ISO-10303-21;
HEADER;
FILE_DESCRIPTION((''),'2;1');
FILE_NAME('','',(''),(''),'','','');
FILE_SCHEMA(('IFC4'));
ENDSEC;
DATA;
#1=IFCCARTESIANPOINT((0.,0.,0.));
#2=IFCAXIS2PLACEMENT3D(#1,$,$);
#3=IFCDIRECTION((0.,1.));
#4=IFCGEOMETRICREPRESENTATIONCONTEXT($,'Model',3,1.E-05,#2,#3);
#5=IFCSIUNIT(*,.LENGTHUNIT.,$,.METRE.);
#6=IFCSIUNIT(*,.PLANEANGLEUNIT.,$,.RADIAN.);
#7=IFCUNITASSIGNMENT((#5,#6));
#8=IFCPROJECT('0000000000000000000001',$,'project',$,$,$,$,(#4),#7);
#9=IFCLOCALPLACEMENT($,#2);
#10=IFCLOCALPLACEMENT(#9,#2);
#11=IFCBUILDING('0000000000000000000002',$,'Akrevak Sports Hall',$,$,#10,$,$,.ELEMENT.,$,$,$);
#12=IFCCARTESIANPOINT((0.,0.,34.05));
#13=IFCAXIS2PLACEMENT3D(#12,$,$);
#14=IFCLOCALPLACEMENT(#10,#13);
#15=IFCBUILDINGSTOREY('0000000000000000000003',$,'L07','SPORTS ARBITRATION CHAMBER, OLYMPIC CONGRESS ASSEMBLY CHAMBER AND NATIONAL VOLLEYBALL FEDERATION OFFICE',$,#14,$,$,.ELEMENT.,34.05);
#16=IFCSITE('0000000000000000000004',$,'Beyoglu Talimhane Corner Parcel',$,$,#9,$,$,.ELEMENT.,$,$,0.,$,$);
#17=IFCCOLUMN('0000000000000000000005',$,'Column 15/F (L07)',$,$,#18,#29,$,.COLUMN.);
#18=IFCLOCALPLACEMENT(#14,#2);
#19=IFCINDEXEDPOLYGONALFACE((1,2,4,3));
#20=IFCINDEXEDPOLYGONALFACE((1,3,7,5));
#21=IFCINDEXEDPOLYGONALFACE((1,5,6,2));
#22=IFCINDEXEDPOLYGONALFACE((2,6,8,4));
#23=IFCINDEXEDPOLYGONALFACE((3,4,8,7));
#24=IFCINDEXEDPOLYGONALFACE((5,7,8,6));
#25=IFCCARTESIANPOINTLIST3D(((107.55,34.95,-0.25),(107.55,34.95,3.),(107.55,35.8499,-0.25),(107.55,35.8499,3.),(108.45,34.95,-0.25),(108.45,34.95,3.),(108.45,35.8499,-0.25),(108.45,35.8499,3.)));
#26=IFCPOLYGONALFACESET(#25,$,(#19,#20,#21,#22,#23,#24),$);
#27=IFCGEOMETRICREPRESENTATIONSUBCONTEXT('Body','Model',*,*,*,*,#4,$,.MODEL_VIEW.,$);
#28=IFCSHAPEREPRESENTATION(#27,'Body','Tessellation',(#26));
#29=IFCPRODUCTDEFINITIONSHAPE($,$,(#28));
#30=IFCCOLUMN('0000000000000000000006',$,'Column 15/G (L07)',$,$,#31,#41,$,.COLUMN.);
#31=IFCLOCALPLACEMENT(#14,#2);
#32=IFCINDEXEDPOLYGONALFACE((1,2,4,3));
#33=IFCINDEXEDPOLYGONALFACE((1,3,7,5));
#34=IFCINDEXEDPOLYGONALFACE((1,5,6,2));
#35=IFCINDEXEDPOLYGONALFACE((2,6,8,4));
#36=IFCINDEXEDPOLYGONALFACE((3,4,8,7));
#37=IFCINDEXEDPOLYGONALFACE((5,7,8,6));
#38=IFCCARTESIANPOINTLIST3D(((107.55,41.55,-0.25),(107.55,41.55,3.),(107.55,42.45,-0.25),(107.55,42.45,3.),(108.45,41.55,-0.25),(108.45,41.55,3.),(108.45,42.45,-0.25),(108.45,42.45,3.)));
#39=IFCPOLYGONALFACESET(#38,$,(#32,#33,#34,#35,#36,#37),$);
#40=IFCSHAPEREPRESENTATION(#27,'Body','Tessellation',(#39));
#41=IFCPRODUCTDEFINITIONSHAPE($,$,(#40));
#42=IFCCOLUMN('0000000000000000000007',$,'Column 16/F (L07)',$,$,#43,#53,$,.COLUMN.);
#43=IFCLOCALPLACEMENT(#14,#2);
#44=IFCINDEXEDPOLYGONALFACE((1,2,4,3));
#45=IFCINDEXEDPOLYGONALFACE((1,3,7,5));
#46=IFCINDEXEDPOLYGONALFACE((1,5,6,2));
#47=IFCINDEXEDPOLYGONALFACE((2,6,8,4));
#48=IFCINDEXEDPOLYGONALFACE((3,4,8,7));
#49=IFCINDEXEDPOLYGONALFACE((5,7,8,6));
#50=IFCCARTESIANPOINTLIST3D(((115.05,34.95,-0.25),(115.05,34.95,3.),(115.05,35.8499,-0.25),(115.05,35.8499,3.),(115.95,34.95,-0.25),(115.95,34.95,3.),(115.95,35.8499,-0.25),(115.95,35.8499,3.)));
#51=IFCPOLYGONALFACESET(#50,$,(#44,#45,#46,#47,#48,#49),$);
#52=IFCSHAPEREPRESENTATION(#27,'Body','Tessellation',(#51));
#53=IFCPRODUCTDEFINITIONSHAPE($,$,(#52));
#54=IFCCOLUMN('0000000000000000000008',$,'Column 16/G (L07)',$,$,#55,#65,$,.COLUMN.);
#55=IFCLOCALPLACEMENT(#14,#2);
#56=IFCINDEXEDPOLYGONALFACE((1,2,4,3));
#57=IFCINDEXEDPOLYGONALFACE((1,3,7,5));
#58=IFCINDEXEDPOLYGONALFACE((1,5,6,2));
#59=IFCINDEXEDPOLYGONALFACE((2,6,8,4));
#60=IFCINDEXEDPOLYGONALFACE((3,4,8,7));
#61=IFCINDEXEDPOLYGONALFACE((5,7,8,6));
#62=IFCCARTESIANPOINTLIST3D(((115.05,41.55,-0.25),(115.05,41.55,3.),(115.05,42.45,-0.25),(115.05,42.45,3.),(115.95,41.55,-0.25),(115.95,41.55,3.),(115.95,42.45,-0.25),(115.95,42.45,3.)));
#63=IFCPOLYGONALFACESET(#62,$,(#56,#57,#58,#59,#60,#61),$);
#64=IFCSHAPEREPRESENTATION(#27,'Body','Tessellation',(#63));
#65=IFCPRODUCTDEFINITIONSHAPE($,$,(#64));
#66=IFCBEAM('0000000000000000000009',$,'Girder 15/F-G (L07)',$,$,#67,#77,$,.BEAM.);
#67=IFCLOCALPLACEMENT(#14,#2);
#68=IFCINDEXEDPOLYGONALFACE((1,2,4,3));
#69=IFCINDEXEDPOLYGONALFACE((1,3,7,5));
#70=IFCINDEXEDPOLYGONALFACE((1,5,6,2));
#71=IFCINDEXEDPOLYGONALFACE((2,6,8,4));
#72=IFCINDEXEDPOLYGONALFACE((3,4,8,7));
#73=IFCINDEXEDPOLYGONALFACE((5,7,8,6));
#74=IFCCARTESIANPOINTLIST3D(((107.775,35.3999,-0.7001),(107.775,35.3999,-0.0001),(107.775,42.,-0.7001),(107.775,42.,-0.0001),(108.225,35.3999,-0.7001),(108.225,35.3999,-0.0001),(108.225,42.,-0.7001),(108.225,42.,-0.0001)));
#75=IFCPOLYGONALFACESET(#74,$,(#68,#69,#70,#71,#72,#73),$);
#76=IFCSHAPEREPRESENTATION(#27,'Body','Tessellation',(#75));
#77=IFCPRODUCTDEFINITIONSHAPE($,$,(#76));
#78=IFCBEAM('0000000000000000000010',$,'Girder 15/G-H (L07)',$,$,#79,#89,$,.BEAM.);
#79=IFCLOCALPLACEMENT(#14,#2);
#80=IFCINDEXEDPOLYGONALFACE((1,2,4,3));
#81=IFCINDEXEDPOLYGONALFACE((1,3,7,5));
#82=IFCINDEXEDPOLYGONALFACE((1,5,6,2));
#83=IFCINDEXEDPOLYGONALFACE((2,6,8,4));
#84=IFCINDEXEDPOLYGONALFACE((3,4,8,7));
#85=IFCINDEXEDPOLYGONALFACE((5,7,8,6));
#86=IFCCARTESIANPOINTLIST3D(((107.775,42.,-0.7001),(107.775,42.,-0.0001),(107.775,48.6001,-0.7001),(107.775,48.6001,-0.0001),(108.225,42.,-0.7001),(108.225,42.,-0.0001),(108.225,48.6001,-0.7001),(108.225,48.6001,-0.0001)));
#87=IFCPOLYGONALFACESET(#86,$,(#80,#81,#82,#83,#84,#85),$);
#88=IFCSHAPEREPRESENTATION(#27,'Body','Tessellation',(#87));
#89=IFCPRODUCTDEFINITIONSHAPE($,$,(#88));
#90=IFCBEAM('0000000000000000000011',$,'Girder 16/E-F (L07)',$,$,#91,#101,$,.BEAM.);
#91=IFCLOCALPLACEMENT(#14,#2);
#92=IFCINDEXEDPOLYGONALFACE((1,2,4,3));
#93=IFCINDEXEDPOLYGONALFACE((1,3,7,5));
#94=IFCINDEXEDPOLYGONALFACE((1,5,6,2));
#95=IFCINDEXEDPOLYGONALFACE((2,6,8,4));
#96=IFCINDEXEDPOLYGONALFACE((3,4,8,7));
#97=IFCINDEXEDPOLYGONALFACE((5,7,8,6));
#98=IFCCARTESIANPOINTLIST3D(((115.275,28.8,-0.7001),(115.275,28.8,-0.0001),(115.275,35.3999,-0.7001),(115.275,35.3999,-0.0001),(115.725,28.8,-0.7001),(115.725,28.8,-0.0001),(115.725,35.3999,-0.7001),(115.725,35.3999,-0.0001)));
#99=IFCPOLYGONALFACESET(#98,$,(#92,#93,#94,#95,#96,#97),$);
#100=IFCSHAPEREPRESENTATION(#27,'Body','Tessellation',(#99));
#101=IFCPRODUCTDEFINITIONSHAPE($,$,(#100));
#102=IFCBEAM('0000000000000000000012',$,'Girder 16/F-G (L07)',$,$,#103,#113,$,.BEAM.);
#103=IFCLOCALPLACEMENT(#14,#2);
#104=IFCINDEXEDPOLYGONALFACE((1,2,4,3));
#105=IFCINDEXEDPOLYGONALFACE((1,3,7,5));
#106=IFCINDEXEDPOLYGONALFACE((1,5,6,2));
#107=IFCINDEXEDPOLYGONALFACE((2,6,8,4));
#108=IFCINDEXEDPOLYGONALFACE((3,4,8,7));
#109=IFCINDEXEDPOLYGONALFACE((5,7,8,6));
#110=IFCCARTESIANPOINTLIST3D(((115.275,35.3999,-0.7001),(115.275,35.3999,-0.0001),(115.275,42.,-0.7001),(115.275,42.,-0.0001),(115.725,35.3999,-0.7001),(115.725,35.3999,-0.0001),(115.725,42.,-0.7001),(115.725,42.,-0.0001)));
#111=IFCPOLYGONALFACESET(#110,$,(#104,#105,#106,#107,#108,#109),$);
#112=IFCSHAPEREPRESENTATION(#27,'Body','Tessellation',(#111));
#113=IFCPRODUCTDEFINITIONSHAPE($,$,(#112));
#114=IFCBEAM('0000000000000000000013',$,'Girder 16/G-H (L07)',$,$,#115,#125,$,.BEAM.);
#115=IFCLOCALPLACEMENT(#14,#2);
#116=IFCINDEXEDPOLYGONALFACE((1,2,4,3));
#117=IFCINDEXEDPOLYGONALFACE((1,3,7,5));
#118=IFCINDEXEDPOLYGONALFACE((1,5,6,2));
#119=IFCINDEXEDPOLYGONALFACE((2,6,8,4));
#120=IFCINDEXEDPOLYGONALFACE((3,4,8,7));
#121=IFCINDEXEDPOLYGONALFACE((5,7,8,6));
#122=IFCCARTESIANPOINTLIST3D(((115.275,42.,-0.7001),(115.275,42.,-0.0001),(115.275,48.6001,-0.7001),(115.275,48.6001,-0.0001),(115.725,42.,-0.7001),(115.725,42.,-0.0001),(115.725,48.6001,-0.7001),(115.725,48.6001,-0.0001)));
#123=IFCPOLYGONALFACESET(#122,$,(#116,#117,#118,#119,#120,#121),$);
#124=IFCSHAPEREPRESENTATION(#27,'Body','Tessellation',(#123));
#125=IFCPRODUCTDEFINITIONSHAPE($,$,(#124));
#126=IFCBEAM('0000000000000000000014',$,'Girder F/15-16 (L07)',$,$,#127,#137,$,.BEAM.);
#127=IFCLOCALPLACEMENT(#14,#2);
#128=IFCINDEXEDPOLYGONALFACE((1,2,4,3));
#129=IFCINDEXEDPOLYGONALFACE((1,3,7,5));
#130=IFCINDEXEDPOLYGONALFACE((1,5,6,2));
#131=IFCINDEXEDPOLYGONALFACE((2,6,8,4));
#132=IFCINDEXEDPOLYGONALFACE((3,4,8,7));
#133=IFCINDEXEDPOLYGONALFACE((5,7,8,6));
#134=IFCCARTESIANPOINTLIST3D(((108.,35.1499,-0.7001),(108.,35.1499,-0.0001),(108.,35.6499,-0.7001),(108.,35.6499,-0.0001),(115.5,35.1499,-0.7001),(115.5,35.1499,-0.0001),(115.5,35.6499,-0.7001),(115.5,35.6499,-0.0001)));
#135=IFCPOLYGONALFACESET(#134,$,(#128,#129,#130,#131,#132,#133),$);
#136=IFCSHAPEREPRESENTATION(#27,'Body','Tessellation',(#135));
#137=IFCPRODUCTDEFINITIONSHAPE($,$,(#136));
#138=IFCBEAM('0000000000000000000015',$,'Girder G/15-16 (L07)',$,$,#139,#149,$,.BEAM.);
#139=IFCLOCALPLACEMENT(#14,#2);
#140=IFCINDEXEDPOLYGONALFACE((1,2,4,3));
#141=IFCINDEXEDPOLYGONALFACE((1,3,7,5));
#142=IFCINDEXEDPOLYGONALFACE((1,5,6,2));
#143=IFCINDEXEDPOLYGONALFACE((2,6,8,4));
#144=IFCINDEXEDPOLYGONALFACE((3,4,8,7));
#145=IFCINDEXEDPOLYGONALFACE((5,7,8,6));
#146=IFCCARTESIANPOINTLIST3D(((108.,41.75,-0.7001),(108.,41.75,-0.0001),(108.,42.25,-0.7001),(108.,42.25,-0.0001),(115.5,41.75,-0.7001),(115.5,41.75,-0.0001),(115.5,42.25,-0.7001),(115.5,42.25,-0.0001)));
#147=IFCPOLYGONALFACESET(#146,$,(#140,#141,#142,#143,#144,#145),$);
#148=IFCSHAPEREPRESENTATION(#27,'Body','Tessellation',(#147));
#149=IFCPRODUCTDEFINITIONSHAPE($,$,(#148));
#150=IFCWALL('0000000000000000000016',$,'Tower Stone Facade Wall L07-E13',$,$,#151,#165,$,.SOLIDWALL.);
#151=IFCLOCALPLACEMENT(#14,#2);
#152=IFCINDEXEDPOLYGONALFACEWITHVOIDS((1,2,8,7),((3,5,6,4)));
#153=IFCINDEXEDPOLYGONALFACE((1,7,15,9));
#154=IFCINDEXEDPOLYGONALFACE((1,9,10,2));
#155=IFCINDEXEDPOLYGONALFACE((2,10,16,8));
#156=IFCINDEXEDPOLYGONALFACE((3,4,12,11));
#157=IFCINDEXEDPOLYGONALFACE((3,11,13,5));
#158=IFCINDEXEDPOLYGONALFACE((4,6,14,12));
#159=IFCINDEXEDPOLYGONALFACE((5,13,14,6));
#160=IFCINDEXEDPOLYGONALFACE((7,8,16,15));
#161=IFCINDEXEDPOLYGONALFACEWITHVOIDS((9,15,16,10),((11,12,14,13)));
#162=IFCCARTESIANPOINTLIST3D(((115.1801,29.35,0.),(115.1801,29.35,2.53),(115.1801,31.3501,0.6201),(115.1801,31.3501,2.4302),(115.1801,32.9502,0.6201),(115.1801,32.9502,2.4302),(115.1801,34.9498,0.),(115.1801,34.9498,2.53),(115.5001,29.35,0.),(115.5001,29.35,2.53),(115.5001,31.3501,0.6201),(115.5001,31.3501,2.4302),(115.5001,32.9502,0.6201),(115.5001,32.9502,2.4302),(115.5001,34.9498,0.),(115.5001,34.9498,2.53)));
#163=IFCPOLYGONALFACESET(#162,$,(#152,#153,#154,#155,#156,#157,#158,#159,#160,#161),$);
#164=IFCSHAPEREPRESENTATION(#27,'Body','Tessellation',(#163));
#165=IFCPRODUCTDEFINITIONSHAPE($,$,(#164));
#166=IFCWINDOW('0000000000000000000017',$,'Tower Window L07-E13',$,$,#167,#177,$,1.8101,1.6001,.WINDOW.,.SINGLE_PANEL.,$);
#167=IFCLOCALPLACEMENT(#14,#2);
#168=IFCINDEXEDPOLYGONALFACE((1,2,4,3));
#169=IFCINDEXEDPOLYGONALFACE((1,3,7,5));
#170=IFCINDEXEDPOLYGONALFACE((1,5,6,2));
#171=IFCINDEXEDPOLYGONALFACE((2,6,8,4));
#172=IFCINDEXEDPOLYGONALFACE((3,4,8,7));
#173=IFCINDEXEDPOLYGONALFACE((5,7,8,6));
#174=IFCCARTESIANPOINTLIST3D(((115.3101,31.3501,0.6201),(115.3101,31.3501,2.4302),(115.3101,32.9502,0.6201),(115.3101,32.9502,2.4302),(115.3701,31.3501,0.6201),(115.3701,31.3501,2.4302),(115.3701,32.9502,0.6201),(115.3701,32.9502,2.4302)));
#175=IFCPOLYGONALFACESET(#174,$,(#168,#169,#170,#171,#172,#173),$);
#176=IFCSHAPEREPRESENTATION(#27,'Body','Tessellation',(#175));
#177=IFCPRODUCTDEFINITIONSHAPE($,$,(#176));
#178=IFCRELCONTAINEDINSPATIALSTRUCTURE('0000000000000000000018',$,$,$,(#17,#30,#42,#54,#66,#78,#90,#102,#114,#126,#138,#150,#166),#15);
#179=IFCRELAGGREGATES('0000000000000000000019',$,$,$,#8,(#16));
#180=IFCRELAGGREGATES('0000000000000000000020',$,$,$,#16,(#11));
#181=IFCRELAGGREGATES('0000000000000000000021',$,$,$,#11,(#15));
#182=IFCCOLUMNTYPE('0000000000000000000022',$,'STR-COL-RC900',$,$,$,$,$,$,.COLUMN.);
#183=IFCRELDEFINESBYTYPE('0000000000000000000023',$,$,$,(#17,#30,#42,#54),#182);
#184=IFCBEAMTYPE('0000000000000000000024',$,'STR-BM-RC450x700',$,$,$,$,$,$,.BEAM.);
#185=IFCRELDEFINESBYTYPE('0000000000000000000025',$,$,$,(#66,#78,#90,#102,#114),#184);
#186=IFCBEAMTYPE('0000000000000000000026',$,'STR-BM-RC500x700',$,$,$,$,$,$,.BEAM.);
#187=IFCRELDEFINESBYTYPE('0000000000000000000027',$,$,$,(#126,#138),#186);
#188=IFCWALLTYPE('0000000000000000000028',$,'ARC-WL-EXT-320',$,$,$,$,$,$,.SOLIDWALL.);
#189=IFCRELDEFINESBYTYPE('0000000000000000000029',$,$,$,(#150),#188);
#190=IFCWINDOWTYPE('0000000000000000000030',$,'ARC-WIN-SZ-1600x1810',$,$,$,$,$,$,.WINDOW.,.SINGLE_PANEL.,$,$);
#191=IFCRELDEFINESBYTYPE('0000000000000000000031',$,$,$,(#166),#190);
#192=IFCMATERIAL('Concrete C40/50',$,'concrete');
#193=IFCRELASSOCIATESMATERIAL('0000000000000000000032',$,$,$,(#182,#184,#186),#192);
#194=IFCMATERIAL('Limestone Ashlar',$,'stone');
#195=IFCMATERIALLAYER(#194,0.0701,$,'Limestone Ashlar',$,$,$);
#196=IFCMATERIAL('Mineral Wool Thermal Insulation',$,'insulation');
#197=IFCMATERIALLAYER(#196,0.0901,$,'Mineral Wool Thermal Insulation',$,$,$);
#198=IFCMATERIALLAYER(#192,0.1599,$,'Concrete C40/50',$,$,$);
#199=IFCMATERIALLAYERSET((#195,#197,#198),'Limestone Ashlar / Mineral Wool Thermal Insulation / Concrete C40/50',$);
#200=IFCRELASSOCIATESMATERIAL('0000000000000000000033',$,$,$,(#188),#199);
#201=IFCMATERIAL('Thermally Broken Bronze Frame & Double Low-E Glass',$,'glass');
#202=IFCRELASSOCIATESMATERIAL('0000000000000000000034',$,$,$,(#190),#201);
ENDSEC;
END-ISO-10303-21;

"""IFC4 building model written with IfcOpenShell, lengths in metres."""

from ifc_helpers import new_model, si_unit, direction, frame, frame_2d, origin, origin_2d, place, context, subcontext, project, spatial, rectangle, extrude, material, layer, layer_set, material_profile, profile_set, type_object, element, fill, save


model = new_model("IFC4")

# Units and contexts
model_context = context("Model", 3, precision=1e-05, world=origin(), true_north=direction((0.0, 1.0)))
body_context = subcontext(model_context, "Body", "Model", "MODEL_VIEW")
ifc_project = project(units=[si_unit("LENGTHUNIT", "METRE"), si_unit("PLANEANGLEUNIT", "RADIAN")], contexts=[model_context])

# Site, building, storey
site_placement = place(None, origin())
site = spatial("IfcSite", under=ifc_project, at=site_placement, Name="Beyoglu Talimhane Corner Parcel", CompositionType="ELEMENT", RefElevation=0.0)
building_placement = place(site_placement, origin())
building = spatial("IfcBuilding", under=site, at=building_placement, Name="Akrevak Sports Hall", CompositionType="ELEMENT")
storey_placement = place(building_placement, frame((0.0, 0.0, 34.05)))
storey = spatial("IfcBuildingStorey", under=building, at=storey_placement, Name="L07", Description="SPORTS ARBITRATION CHAMBER, OLYMPIC CONGRESS ASSEMBLY CHAMBER AND NATIONAL VOLLEYBALL FEDERATION OFFICE", CompositionType="ELEMENT", Elevation=34.05)

# Columns
ifc_material_1 = material(Name="Concrete C40/50", Category="concrete")
ifc_material_profile_1 = material_profile(ifc_material_1, rectangle(XDim=0.8999, YDim=0.8999, at=origin_2d()), Name="RC 900x900", Category="concrete")
ifc_profile_set_1 = profile_set([ifc_material_profile_1], Name="Concrete C40/50")
column_type = type_object("IfcColumnType", Name="STR-COL-RC900", PredefinedType="COLUMN", material=ifc_profile_set_1)
for number, where, z_axis, x_axis, name in (
    (1, (108.0, 35.3999, -0.25), (0.0, 0.0, 1.0), (1.0, 0.0, 0.0), "Column 15/F (L07)"),
    (2, (108.0, 42.0, -0.25), (0.0, 0.0, 1.0), (1.0, 0.0, 0.0), "Column 15/G (L07)"),
    (3, (115.5, 35.3999, -0.25), (0.0, 0.0, 1.0), (1.0, 0.0, 0.0), "Column 16/F (L07)"),
    (4, (115.5, 42.0, -0.25), (0.0, 0.0, 1.0), (1.0, 0.0, 0.0), "Column 16/G (L07)"),
):
    element("IfcColumn", number, at=place(storey_placement, frame(where, z_axis=z_axis, x_axis=x_axis)), inside=storey, type_object=column_type, Name=name, PredefinedType="COLUMN", context=body_context, shape_type="SweptSolid", body=[
        extrude(rectangle(XDim=0.8999, YDim=0.8999, at=origin_2d()), origin(), (0.0, 0.0, 1.0), 3.25),
    ])

# Beams
ifc_material_profile_2 = material_profile(ifc_material_1, rectangle(XDim=0.45, YDim=0.7, at=origin_2d()), Name="BM 450x700", Category="concrete")
ifc_profile_set_2 = profile_set([ifc_material_profile_2], Name="Concrete C40/50")
beam_type_1 = type_object("IfcBeamType", Name="STR-BM-RC450x700", PredefinedType="BEAM", material=ifc_profile_set_2)
for number, where, z_axis, x_axis, name in (
    (5, (108.0, 35.3999, -0.3501), (0.0, 1.0, 0.0), (-1.0, 0.0, 0.0), "Girder 15/F-G (L07)"),
    (6, (108.0, 42.0, -0.3501), (0.0, 1.0, 0.0), (-1.0, 0.0, 0.0), "Girder 15/G-H (L07)"),
):
    element("IfcBeam", number, at=place(storey_placement, frame(where, z_axis=z_axis, x_axis=x_axis)), inside=storey, type_object=beam_type_1, Name=name, PredefinedType="BEAM", context=body_context, shape_type="SweptSolid", body=[
        extrude(rectangle(XDim=0.45, YDim=0.7, at=origin_2d()), origin(), (0.0, 0.0, 1.0), 6.6001),
    ])
beam_placement = place(storey_placement, frame((115.5, 28.8, -0.3501), z_axis=(0.0, 1.0, 0.0), x_axis=(-1.0, 0.0, 0.0)))
element("IfcBeam", 7, at=beam_placement, inside=storey, type_object=beam_type_1, Name="Girder 16/E-F (L07)", PredefinedType="BEAM", context=body_context, shape_type="SweptSolid", body=[
    extrude(rectangle(XDim=0.45, YDim=0.7, at=origin_2d()), origin(), (0.0, 0.0, 1.0), 6.5999),
])
for number, where, z_axis, x_axis, name in (
    (8, (115.5, 35.3999, -0.3501), (0.0, 1.0, 0.0), (-1.0, 0.0, 0.0), "Girder 16/F-G (L07)"),
    (9, (115.5, 42.0, -0.3501), (0.0, 1.0, 0.0), (-1.0, 0.0, 0.0), "Girder 16/G-H (L07)"),
):
    element("IfcBeam", number, at=place(storey_placement, frame(where, z_axis=z_axis, x_axis=x_axis)), inside=storey, type_object=beam_type_1, Name=name, PredefinedType="BEAM", context=body_context, shape_type="SweptSolid", body=[
        extrude(rectangle(XDim=0.45, YDim=0.7, at=origin_2d()), origin(), (0.0, 0.0, 1.0), 6.6001),
    ])
ifc_material_profile_3 = material_profile(ifc_material_1, rectangle(XDim=0.5, YDim=0.7, at=origin_2d()), Name="BM 500x700", Category="concrete")
ifc_profile_set_3 = profile_set([ifc_material_profile_3], Name="Concrete C40/50")
beam_type_2 = type_object("IfcBeamType", Name="STR-BM-RC500x700", PredefinedType="BEAM", material=ifc_profile_set_3)
for number, where, z_axis, x_axis, name in (
    (10, (108.0, 35.3999, -0.3501), (1.0, 0.0, 0.0), (0.0, 1.0, 0.0), "Girder F/15-16 (L07)"),
    (11, (108.0, 42.0, -0.3501), (1.0, 0.0, 0.0), (0.0, 1.0, 0.0), "Girder G/15-16 (L07)"),
):
    element("IfcBeam", number, at=place(storey_placement, frame(where, z_axis=z_axis, x_axis=x_axis)), inside=storey, type_object=beam_type_2, Name=name, PredefinedType="BEAM", context=body_context, shape_type="SweptSolid", body=[
        extrude(rectangle(XDim=0.5, YDim=0.7, at=origin_2d()), origin(), (0.0, 0.0, 1.0), 7.5),
    ])

# Wall, opening, window
ifc_material_2 = material(Name="Limestone Ashlar", Category="stone")
ifc_layer_1 = layer(ifc_material_2, 0.0701, Name="Limestone Ashlar")
ifc_material_3 = material(Name="Mineral Wool Thermal Insulation", Category="insulation")
ifc_layer_2 = layer(ifc_material_3, 0.0901, Name="Mineral Wool Thermal Insulation")
ifc_layer_3 = layer(ifc_material_1, 0.1599, Name="Concrete C40/50")
ifc_layer_set_1 = layer_set([ifc_layer_1, ifc_layer_2, ifc_layer_3], Name="Limestone Ashlar / Mineral Wool Thermal Insulation / Concrete C40/50")
wall_type_1 = type_object("IfcWallType", Name="ARC-WL-EXT-320", PredefinedType="SOLIDWALL", material=ifc_layer_set_1)
wall_1_placement = place(storey_placement, frame((115.3401, 29.3501, 0.0), z_axis=(0.0, 0.0, 1.0), x_axis=(0.0, 1.0, 0.0)))
wall_1 = element("IfcWall", 12, at=wall_1_placement, inside=storey, type_object=wall_type_1, Name="Tower Stone Facade Wall L07-E13", PredefinedType="SOLIDWALL", context=body_context, shape_type="SweptSolid", body=[
    extrude(rectangle(XDim=5.5999, YDim=0.3201, at=frame_2d((2.7998, 0.0))), origin(), (0.0, 0.0, 1.0), 2.53),
])
opening_1_placement = place(wall_1_placement, frame((2.0, 0.0, 0.6201)))
opening_1 = element("IfcOpeningElement", 13, at=opening_1_placement, cuts=wall_1, PredefinedType="OPENING", context=body_context, shape_type="SweptSolid", body=[
    extrude(rectangle(XDim=1.6001, YDim=1.8101, at=frame_2d((0.8, 0.905))), frame((0.0, 0.1719, 0.0), z_axis=(0.0, -1.0, 0.0), x_axis=(1.0, 0.0, 0.0)), (0.0, 0.0, 1.0), 0.344),
])
ifc_material_4 = material(Name="Thermally Broken Bronze Frame & Double Low-E Glass", Category="glass")
window_type_1 = type_object("IfcWindowType", Name="ARC-WIN-SZ-1600x1810", PartitioningType="SINGLE_PANEL", PredefinedType="WINDOW", material=ifc_material_4)
window_1_placement = place(opening_1_placement, origin())
window_1 = element("IfcWindow", 14, at=window_1_placement, inside=storey, type_object=window_type_1, Name="Tower Window L07-E13", OverallHeight=1.8101, OverallWidth=1.6001, PartitioningType="SINGLE_PANEL", PredefinedType="WINDOW", context=body_context, shape_type="SweptSolid", body=[
    extrude(rectangle(XDim=1.6001, YDim=1.8101, at=frame_2d((0.8, 0.905))), frame((0.0, 0.03, 0.0), z_axis=(0.0, -1.0, 0.0), x_axis=(1.0, 0.0, 0.0)), (0.0, 0.0, 1.0), 0.0601),
])
fill(opening_1, window_1)

save(model, "model.ifc")
